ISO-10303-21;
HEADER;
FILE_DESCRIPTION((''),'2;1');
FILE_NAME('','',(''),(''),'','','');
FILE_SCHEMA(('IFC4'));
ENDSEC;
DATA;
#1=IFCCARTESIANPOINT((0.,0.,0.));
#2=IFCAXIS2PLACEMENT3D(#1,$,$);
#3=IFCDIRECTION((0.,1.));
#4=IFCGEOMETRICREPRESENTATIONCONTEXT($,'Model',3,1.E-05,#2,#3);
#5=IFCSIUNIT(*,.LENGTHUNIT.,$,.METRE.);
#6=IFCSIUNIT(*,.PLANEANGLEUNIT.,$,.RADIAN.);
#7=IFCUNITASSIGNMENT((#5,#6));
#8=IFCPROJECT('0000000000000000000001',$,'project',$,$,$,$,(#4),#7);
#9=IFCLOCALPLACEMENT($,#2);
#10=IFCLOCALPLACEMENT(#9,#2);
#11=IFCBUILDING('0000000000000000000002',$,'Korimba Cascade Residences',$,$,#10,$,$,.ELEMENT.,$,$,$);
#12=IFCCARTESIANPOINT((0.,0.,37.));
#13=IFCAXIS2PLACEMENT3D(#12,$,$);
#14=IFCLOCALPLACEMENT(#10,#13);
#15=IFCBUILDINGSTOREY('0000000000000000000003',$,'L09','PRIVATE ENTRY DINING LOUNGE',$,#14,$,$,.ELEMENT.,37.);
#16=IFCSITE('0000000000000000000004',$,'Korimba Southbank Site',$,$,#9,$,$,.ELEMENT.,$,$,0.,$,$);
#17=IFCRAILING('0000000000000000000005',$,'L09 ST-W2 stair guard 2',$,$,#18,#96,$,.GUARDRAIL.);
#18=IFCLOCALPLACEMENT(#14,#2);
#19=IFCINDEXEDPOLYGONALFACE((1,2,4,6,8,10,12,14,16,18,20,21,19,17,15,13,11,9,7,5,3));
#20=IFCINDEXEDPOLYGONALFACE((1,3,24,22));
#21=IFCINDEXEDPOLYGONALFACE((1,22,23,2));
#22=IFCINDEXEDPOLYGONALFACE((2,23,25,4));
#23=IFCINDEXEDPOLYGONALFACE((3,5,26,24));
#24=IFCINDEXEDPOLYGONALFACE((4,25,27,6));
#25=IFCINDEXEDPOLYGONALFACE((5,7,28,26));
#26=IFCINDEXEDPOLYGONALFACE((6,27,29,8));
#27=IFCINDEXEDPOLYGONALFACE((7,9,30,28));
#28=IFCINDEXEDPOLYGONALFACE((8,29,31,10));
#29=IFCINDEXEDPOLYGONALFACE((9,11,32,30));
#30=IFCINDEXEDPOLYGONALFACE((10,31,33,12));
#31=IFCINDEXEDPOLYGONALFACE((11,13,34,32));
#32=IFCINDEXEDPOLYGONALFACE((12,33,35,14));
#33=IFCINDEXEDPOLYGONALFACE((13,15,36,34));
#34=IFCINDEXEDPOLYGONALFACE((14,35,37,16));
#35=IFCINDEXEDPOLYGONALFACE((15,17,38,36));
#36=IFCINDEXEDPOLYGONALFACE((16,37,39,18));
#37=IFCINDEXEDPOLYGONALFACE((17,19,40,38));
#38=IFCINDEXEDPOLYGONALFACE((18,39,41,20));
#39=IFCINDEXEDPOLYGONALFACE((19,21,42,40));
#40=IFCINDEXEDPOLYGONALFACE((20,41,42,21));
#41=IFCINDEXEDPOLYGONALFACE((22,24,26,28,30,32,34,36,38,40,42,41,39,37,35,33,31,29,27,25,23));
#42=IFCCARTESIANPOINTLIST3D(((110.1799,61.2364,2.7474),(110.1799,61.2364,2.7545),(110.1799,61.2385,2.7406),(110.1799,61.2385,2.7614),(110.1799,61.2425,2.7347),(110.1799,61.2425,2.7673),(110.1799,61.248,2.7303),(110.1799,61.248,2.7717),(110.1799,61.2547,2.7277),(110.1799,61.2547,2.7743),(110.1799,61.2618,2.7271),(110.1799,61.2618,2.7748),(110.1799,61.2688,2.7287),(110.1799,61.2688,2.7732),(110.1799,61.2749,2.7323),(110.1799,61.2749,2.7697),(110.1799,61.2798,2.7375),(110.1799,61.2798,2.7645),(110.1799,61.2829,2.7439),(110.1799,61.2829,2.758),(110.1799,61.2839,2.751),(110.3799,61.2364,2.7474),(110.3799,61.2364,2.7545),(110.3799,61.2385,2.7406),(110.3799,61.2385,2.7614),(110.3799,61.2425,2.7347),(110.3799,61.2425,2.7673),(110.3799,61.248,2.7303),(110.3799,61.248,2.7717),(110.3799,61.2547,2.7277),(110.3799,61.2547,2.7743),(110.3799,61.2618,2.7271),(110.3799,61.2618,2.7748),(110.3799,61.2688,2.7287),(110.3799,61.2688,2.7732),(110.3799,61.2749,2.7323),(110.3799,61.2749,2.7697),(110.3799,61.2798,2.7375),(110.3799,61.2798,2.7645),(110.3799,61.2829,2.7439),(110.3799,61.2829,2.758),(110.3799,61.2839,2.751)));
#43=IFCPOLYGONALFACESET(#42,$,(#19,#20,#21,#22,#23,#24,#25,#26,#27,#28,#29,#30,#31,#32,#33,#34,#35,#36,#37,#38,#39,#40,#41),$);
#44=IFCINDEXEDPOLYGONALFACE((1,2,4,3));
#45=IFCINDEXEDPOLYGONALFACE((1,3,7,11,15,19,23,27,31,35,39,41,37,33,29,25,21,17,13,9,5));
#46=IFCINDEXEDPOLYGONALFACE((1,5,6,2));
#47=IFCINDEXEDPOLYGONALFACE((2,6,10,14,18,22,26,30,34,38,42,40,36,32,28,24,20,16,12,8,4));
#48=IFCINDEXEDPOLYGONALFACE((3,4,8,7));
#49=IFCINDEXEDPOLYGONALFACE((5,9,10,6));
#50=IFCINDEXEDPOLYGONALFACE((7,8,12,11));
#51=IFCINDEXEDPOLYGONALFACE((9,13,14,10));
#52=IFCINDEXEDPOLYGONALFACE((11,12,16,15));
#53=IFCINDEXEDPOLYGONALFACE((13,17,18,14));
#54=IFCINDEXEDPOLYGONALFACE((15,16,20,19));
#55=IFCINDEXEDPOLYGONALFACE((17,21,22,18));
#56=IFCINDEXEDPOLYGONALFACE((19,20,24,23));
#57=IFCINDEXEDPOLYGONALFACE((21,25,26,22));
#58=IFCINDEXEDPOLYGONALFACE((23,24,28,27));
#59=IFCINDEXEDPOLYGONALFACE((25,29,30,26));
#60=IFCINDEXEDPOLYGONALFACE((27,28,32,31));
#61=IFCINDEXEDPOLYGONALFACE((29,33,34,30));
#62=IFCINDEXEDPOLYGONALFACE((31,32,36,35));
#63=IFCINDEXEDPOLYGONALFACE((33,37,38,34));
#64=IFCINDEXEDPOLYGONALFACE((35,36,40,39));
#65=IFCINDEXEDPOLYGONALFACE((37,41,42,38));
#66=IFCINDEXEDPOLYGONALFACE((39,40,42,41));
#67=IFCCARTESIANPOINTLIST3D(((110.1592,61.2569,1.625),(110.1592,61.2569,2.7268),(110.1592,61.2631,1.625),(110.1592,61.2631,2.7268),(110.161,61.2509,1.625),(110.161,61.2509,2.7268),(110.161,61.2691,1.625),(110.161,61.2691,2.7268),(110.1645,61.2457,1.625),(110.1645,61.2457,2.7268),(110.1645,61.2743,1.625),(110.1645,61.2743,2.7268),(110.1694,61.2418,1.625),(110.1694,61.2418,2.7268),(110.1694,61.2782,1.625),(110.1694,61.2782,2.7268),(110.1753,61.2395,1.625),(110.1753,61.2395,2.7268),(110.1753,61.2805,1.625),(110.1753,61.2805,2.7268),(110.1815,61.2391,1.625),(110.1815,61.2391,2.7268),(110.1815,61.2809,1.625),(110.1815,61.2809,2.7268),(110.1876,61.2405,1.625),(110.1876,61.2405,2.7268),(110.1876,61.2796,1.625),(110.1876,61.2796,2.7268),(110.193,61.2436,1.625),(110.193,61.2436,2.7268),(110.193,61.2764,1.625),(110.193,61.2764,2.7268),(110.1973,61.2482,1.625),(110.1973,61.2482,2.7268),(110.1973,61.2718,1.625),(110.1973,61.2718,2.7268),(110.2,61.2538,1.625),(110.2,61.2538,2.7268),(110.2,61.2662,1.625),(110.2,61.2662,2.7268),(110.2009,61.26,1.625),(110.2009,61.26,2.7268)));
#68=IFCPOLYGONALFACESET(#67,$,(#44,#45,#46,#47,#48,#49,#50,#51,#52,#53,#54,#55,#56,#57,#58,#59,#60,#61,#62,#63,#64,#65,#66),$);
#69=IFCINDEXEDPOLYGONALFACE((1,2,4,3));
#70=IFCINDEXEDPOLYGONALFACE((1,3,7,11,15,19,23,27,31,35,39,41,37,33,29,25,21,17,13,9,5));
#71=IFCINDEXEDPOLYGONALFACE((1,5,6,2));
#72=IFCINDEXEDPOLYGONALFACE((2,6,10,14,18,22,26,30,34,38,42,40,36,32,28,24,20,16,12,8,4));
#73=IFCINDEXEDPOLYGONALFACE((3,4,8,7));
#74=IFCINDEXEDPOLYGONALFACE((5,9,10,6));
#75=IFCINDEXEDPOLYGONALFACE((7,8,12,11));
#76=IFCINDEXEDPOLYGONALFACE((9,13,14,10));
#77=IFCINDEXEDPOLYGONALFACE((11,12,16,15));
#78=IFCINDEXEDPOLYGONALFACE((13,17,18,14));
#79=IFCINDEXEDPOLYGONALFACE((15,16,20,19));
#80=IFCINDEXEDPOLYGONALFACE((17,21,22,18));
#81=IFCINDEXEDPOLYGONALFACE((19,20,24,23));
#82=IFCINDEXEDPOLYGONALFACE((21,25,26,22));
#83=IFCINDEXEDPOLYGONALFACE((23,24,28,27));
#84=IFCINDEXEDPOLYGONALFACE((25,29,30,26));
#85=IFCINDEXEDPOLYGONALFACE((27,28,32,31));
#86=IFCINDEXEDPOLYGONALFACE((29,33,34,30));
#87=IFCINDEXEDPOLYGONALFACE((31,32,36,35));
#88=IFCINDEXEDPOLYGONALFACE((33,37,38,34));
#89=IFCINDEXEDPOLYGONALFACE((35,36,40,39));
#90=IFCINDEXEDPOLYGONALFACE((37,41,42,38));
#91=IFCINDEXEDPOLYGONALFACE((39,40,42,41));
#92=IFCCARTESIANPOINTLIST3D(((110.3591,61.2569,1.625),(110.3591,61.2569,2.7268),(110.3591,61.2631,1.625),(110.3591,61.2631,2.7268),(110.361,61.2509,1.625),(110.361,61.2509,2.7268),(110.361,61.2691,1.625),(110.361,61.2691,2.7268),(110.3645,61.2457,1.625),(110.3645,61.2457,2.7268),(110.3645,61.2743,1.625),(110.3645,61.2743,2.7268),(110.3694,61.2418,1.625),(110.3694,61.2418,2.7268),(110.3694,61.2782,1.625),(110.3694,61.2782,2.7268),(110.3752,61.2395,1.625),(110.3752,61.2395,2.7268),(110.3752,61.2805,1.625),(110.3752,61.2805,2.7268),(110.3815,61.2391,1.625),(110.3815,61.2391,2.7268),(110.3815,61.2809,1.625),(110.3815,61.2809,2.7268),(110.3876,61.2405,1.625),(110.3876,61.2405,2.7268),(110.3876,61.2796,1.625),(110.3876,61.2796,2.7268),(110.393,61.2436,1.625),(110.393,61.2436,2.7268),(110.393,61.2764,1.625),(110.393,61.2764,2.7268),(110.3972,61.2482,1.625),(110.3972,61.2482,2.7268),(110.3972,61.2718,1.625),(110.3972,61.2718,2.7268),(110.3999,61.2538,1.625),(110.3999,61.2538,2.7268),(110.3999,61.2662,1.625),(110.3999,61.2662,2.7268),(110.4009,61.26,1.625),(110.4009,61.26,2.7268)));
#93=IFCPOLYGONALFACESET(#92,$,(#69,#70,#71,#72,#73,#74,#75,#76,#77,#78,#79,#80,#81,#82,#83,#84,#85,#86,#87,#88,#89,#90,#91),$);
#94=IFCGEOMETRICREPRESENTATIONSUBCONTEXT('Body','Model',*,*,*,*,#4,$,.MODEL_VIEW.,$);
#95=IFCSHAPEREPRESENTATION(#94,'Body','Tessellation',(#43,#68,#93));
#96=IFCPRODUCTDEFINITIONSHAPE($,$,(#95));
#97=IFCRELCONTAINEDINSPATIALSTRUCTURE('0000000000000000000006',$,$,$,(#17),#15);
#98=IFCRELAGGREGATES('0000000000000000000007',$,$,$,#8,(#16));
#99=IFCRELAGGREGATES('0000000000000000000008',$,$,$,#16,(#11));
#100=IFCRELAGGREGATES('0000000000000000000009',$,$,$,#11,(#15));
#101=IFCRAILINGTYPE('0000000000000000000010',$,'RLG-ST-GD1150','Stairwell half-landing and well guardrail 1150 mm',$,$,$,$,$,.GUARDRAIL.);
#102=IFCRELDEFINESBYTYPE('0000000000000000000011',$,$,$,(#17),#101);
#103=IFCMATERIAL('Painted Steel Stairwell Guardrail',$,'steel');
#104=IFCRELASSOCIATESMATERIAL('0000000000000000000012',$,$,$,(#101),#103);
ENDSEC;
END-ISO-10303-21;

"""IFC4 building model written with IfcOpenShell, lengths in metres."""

from ifc_helpers import new_model, si_unit, direction, frame, origin, origin_2d, place, context, subcontext, project, spatial, circle, extrude, material, type_object, element, save


model = new_model("IFC4")

# Units and contexts
model_context = context("Model", 3, precision=1e-05, world=origin(), true_north=direction((0.0, 1.0)))
body_context = subcontext(model_context, "Body", "Model", "MODEL_VIEW")
ifc_project = project(units=[si_unit("LENGTHUNIT", "METRE"), si_unit("PLANEANGLEUNIT", "RADIAN")], contexts=[model_context])

# Site, building, storey
site_placement = place(None, origin())
site = spatial("IfcSite", under=ifc_project, at=site_placement, Name="Korimba Southbank Site", CompositionType="ELEMENT", RefElevation=0.0)
building_placement = place(site_placement, origin())
building = spatial("IfcBuilding", under=site, at=building_placement, Name="Korimba Cascade Residences", CompositionType="ELEMENT")
storey_placement = place(building_placement, frame((0.0, 0.0, 37.0)))
storey = spatial("IfcBuildingStorey", under=building, at=storey_placement, Name="L09", Description="PRIVATE ENTRY DINING LOUNGE", CompositionType="ELEMENT", Elevation=37.0)

# Railing
ifc_material_1 = material(Name="Painted Steel Stairwell Guardrail", Category="steel")
railing_type_1 = type_object("IfcRailingType", Name="RLG-ST-GD1150", Description="Stairwell half-landing and well guardrail 1150 mm", PredefinedType="GUARDRAIL", material=ifc_material_1)
railing_1_placement = place(storey_placement, frame((110.1799, 61.26, 1.625)))
element("IfcRailing", 1, at=railing_1_placement, inside=storey, type_object=railing_type_1, Name="L09 ST-W2 stair guard 2", PredefinedType="GUARDRAIL", context=body_context, shape_type="SweptSolid", body=[
    extrude(circle(Radius=0.0239, at=origin_2d()), frame((0.0, 0.0, 1.126), z_axis=(1.0, 0.0, 0.0), x_axis=(0.0, 1.0, 0.0)), (0.0, 0.0, 1.0), 0.2),
    extrude(circle(Radius=0.021, at=origin_2d()), origin(), (0.0, 0.0, 1.0), 1.1018),
    extrude(circle(Radius=0.021, at=origin_2d()), frame((0.2, 0.0, 0.0)), (0.0, 0.0, 1.0), 1.1018),
])

save(model, "model.ifc")
